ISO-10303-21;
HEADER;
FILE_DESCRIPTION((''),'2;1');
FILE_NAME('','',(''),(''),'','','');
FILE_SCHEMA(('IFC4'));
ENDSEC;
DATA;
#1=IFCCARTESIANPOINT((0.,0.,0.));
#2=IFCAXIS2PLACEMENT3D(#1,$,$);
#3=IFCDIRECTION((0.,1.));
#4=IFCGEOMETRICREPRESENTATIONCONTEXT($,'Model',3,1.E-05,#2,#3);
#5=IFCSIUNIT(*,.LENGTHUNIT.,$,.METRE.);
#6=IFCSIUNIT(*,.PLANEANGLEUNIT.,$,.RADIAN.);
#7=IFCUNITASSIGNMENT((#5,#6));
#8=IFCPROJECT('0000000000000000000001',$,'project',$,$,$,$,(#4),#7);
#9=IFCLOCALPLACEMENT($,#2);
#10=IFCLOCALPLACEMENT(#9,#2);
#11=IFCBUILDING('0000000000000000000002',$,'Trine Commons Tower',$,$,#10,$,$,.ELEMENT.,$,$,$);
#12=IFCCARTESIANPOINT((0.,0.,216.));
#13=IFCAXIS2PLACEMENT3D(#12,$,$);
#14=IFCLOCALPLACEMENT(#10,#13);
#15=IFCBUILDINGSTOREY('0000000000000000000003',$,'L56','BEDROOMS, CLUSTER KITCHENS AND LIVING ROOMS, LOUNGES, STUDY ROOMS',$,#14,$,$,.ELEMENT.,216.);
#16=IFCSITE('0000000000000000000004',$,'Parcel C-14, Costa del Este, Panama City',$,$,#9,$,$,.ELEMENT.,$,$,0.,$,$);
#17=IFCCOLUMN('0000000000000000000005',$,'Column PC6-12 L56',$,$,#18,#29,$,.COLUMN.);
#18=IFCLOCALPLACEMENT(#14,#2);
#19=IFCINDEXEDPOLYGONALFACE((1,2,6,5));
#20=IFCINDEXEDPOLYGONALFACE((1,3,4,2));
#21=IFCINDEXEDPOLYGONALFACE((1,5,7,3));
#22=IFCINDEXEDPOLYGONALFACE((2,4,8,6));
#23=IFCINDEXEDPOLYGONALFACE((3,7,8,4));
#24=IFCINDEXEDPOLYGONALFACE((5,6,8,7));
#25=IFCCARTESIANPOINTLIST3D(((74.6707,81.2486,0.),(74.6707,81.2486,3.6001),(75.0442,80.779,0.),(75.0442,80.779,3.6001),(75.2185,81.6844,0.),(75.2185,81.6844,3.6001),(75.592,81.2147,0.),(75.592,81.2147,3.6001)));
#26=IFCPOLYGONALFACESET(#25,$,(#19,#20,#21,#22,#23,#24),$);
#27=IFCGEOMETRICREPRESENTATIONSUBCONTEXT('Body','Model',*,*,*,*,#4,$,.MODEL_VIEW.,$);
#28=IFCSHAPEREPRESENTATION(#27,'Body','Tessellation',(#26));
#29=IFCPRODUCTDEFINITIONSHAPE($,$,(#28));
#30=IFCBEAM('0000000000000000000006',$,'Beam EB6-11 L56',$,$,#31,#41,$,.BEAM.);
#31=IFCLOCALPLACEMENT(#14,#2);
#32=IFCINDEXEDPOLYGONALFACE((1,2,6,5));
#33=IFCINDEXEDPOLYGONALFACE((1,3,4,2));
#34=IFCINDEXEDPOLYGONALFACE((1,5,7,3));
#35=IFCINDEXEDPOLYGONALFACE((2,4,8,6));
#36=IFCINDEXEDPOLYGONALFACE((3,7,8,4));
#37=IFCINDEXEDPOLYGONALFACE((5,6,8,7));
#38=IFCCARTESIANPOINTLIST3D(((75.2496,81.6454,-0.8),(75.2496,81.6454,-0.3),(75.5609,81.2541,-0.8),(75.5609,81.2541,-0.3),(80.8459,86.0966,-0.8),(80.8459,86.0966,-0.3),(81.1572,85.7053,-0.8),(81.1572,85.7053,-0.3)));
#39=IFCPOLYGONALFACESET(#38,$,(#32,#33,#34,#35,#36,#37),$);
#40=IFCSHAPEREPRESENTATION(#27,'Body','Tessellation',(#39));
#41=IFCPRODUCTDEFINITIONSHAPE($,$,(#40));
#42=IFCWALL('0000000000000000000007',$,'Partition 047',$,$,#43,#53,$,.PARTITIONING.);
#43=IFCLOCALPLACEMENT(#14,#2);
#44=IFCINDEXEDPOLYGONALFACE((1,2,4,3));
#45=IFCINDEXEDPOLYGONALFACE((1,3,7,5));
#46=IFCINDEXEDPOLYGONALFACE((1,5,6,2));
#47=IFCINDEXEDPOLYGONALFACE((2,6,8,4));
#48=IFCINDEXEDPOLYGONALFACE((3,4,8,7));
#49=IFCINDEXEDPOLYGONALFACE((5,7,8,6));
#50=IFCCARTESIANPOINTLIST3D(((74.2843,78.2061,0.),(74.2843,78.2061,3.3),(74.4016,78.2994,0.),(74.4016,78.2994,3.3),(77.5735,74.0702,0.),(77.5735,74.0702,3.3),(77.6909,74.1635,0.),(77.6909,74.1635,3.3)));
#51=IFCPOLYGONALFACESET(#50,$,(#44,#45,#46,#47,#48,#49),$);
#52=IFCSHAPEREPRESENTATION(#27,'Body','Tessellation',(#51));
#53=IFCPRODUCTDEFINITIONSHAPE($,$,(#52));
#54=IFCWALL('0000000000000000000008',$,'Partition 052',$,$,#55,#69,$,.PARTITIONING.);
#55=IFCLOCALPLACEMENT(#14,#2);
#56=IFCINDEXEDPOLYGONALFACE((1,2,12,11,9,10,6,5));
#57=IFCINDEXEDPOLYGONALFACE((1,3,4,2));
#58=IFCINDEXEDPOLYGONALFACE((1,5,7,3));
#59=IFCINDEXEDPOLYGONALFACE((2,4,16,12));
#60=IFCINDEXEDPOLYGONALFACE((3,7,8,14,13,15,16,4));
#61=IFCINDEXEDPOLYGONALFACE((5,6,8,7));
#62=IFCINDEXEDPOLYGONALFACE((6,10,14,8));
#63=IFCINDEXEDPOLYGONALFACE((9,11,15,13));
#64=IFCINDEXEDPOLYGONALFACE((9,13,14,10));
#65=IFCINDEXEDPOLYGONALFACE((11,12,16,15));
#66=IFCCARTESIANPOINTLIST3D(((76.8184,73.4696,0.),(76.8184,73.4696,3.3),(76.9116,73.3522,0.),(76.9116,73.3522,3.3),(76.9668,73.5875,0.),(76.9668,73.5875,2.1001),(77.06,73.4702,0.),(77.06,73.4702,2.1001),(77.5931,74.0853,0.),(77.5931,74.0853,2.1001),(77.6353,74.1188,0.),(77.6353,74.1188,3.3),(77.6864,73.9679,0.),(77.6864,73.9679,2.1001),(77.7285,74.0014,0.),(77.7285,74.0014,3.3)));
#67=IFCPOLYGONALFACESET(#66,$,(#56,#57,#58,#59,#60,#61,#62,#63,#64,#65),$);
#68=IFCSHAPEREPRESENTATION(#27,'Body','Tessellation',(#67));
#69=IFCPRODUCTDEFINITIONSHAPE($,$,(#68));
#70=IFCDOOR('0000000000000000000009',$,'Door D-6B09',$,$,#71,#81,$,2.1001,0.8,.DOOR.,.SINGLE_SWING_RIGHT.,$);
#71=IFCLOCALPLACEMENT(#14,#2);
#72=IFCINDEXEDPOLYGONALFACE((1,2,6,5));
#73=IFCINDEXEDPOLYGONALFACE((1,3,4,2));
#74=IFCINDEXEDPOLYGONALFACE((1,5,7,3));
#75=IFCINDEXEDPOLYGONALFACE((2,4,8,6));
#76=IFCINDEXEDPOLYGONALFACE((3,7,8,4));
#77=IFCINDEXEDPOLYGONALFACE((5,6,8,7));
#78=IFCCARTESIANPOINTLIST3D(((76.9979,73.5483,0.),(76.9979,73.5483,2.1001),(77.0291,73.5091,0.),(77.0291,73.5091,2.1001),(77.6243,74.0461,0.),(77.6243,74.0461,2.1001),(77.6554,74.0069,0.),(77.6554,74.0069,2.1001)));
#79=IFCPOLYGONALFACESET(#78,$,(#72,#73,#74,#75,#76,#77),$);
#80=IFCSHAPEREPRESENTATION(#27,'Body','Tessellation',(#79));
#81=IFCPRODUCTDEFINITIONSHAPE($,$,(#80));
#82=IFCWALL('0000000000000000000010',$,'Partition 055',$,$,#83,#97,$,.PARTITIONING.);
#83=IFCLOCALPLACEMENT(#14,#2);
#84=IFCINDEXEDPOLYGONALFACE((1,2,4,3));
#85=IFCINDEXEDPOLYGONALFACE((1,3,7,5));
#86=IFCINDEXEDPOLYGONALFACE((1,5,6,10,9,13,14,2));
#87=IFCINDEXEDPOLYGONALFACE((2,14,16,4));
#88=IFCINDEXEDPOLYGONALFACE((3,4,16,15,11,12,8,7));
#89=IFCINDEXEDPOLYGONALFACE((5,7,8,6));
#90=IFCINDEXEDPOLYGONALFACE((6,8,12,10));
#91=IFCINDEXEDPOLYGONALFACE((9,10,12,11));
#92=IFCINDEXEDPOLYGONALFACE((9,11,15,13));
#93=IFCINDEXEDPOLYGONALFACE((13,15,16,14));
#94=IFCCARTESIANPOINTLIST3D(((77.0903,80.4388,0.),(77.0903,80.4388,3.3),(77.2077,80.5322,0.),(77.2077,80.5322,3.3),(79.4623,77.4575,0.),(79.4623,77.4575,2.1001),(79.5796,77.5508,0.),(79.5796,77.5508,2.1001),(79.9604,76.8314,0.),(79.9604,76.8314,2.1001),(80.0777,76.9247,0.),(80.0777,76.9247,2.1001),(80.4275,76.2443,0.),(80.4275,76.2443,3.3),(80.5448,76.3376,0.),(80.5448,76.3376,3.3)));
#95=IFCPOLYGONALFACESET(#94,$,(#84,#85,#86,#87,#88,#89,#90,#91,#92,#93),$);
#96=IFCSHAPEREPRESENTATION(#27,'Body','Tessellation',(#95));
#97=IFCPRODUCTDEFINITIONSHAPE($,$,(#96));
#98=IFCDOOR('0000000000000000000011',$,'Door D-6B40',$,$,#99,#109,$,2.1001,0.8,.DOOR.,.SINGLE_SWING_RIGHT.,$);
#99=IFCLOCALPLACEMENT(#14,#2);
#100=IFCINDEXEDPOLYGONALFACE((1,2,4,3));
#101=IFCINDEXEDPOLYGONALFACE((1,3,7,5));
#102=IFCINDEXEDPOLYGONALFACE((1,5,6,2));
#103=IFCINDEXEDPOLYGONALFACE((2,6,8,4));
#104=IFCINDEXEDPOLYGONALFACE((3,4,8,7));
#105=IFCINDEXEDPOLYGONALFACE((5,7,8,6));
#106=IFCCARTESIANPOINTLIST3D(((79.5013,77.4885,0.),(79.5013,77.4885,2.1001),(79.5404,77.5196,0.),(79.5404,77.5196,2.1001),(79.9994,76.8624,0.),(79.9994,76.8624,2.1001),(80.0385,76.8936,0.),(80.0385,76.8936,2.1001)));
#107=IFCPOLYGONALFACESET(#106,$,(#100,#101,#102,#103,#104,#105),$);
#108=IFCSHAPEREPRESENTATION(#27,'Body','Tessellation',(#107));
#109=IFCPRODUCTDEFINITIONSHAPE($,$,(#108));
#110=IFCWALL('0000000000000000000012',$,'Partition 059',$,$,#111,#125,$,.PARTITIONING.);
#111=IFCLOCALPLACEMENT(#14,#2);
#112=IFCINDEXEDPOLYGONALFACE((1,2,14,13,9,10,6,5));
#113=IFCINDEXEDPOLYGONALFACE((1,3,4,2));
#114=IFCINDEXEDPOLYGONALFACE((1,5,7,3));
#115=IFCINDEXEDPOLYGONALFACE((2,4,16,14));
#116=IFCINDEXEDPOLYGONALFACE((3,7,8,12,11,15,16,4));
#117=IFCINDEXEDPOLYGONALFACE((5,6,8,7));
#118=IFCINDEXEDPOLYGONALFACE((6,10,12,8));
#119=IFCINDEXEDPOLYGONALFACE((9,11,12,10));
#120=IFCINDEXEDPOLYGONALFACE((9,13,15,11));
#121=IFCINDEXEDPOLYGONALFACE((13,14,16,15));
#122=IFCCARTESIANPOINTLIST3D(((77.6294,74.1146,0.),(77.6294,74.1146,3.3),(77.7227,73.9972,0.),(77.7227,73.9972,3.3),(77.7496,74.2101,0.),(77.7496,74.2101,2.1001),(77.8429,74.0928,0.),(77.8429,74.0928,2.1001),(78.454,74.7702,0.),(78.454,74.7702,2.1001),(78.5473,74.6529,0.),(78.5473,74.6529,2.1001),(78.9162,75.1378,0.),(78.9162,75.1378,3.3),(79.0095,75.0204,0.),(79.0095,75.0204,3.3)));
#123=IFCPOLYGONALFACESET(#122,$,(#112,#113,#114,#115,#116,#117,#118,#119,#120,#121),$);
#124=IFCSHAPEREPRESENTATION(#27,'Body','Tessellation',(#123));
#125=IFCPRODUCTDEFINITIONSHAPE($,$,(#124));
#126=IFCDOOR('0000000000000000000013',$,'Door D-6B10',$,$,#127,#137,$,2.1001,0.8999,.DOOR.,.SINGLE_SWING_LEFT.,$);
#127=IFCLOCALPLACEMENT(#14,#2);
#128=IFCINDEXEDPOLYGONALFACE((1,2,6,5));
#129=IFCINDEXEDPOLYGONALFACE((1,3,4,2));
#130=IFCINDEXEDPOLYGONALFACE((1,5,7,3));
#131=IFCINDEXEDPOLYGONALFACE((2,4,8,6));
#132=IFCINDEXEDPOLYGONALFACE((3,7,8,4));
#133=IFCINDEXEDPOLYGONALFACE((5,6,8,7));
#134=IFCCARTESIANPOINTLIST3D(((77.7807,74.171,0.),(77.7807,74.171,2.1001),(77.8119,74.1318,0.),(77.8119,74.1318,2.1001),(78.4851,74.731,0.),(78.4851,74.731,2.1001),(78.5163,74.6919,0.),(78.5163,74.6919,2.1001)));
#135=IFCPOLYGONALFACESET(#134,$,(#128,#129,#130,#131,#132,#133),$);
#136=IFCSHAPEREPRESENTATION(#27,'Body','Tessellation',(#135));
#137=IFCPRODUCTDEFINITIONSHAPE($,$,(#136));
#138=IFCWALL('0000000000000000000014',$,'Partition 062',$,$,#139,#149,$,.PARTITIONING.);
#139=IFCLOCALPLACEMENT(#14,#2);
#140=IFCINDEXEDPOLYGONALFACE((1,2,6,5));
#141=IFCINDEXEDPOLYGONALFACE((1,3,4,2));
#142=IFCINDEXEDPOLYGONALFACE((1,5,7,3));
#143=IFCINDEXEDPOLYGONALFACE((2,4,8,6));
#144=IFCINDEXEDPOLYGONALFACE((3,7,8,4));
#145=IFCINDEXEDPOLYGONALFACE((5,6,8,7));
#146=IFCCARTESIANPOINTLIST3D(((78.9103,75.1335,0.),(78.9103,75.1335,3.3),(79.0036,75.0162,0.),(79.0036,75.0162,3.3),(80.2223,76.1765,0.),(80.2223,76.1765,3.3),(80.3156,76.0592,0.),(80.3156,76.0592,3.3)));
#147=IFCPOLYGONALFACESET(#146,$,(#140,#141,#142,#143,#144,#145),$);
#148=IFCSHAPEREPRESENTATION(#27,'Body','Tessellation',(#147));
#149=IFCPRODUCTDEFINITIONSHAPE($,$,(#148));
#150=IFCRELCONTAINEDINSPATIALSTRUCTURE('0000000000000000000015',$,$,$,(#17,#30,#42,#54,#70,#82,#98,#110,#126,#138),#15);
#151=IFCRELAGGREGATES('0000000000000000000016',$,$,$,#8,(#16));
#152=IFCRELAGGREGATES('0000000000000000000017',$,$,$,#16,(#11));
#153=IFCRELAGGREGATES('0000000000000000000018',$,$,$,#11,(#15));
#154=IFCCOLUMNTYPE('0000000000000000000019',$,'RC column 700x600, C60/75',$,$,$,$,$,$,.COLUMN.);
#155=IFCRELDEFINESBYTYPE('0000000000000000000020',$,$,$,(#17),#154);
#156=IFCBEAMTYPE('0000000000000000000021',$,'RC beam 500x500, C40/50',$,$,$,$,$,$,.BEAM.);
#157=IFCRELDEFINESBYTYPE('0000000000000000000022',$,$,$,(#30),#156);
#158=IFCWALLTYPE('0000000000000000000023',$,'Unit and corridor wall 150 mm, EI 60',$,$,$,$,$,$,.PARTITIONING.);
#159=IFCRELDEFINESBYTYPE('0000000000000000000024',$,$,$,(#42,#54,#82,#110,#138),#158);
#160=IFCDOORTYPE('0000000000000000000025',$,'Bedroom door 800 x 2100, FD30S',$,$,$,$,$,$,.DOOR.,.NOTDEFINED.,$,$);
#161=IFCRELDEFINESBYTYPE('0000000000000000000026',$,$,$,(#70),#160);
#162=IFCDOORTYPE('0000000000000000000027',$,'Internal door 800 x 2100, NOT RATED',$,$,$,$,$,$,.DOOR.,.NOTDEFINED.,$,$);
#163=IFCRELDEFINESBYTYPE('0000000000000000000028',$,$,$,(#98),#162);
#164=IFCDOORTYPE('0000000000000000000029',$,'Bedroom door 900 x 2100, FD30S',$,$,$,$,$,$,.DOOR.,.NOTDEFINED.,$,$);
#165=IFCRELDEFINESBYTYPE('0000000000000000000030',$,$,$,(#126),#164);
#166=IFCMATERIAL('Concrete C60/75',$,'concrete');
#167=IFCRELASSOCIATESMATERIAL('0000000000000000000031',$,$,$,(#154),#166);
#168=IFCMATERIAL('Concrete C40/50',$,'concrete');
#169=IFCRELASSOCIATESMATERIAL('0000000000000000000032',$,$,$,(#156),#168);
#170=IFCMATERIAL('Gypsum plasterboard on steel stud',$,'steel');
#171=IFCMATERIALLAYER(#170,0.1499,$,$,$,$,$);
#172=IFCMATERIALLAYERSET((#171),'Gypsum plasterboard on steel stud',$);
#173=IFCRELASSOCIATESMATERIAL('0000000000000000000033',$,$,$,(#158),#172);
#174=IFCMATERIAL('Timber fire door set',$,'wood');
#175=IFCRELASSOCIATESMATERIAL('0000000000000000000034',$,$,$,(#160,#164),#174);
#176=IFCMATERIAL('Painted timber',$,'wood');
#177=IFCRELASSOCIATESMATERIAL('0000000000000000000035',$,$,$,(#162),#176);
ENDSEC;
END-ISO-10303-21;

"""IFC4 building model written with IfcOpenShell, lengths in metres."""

from ifc_helpers import new_model, si_unit, direction, frame, frame_2d, origin, origin_2d, place, context, subcontext, project, spatial, rectangle, extrude, material, layer, layer_set, material_profile, profile_set, type_object, element, fill, save


model = new_model("IFC4")

# Units and contexts
model_context = context("Model", 3, precision=1e-05, world=origin(), true_north=direction((0.0, 1.0)))
body_context = subcontext(model_context, "Body", "Model", "MODEL_VIEW")
ifc_project = project(units=[si_unit("LENGTHUNIT", "METRE"), si_unit("PLANEANGLEUNIT", "RADIAN")], contexts=[model_context])

# Site, building, storey
site_placement = place(None, origin())
site = spatial("IfcSite", under=ifc_project, at=site_placement, Name="Parcel C-14, Costa del Este, Panama City", CompositionType="ELEMENT", RefElevation=0.0)
building_placement = place(site_placement, origin())
building = spatial("IfcBuilding", under=site, at=building_placement, Name="Trine Commons Tower", CompositionType="ELEMENT")
storey_placement = place(building_placement, frame((0.0, 0.0, 216.0)))
storey = spatial("IfcBuildingStorey", under=building, at=storey_placement, Name="L56", Description="BEDROOMS, CLUSTER KITCHENS AND LIVING ROOMS, LOUNGES, STUDY ROOMS", CompositionType="ELEMENT", Elevation=216.0)

# Column
ifc_material_1 = material(Name="Concrete C60/75", Category="concrete")
ifc_material_profile_1 = material_profile(ifc_material_1, rectangle(XDim=0.7, YDim=0.6001, at=origin_2d()), Name="RC 700x600")
ifc_profile_set_1 = profile_set([ifc_material_profile_1], Name="Concrete C60/75")
column_type = type_object("IfcColumnType", Name="RC column 700x600, C60/75", PredefinedType="COLUMN", material=ifc_profile_set_1)
column_placement = place(storey_placement, frame((75.1313, 81.2317, 0.0), z_axis=(0.0, 0.0, 1.0), x_axis=(0.782608, 0.622515, 0.0)))
element("IfcColumn", 1, at=column_placement, inside=storey, type_object=column_type, Name="Column PC6-12 L56", PredefinedType="COLUMN", context=body_context, shape_type="SweptSolid", body=[
    extrude(rectangle(XDim=0.7, YDim=0.6001, at=origin_2d()), origin(), (0.0, 0.0, 1.0), 3.6001),
])

# Beam
ifc_material_2 = material(Name="Concrete C40/50", Category="concrete")
ifc_material_profile_2 = material_profile(ifc_material_2, rectangle(XDim=0.5, YDim=0.5, at=origin_2d()), Name="RC 500x500")
ifc_profile_set_2 = profile_set([ifc_material_profile_2], Name="Concrete C40/50")
beam_type = type_object("IfcBeamType", Name="RC beam 500x500, C40/50", PredefinedType="BEAM", material=ifc_profile_set_2)
beam_placement = place(storey_placement, frame((75.4053, 81.4497, -0.55), z_axis=(0.782624, 0.622494, 0.0), x_axis=(-0.622494, 0.782624, 0.0)))
element("IfcBeam", 2, at=beam_placement, inside=storey, type_object=beam_type, Name="Beam EB6-11 L56", PredefinedType="BEAM", context=body_context, shape_type="SweptSolid", body=[
    extrude(rectangle(XDim=0.5, YDim=0.5, at=origin_2d()), origin(), (0.0, 0.0, 1.0), 7.1506),
])

# Wall
ifc_material_3 = material(Name="Gypsum plasterboard on steel stud", Category="steel")
ifc_layer_1 = layer(ifc_material_3, 0.1499)
ifc_layer_set_1 = layer_set([ifc_layer_1], Name="Gypsum plasterboard on steel stud")
wall_type_1 = type_object("IfcWallType", Name="Unit and corridor wall 150 mm, EI 60", PredefinedType="PARTITIONING", material=ifc_layer_set_1)
wall_1_placement = place(storey_placement, frame((74.343, 78.2527, 0.0), z_axis=(0.0, 0.0, 1.0), x_axis=(0.622444, -0.782664, 0.0)))
element("IfcWall", 3, at=wall_1_placement, inside=storey, type_object=wall_type_1, Name="Partition 047", PredefinedType="PARTITIONING", context=body_context, shape_type="SweptSolid", body=[
    extrude(rectangle(XDim=5.2844, YDim=0.1499, at=frame_2d((2.6421, 0.0))), origin(), (0.0, 0.0, 1.0), 3.3),
])

# Walls, openings, doors
wall_2_placement = place(storey_placement, frame((76.865, 73.4109, 0.0), z_axis=(0.0, 0.0, 1.0), x_axis=(0.782896, 0.622152, 0.0)))
wall_2 = element("IfcWall", 4, at=wall_2_placement, inside=storey, type_object=wall_type_1, Name="Partition 052", PredefinedType="PARTITIONING", context=body_context, shape_type="SweptSolid", body=[
    extrude(rectangle(XDim=1.0435, YDim=0.1499, at=frame_2d((0.5217, 0.0))), origin(), (0.0, 0.0, 1.0), 3.3),
])
opening_1_placement = place(wall_2_placement, frame((0.1897, 0.0, 0.0)))
opening_1 = element("IfcOpeningElement", 5, at=opening_1_placement, cuts=wall_2, PredefinedType="OPENING", context=body_context, shape_type="SweptSolid", body=[
    extrude(rectangle(XDim=0.8, YDim=2.1001, at=frame_2d((0.3999, 1.05))), frame((0.0, 0.085, 0.0), z_axis=(0.0, -1.0, 0.0), x_axis=(1.0, 0.0, 0.0)), (0.0, 0.0, 1.0), 0.1699),
])
ifc_material_4 = material(Name="Timber fire door set", Category="wood")
door_type_1 = type_object("IfcDoorType", Name="Bedroom door 800 x 2100, FD30S", OperationType="NOTDEFINED", PredefinedType="DOOR", material=ifc_material_4)
door_1_placement = place(opening_1_placement, origin())
door_1 = element("IfcDoor", 6, at=door_1_placement, inside=storey, type_object=door_type_1, Name="Door D-6B09", OperationType="SINGLE_SWING_RIGHT", OverallHeight=2.1001, OverallWidth=0.8, PredefinedType="DOOR", context=body_context, shape_type="SweptSolid", body=[
    extrude(rectangle(XDim=0.8, YDim=2.1001, at=frame_2d((0.3999, 1.05))), frame((0.0, 0.0249, 0.0), z_axis=(0.0, -1.0, 0.0), x_axis=(1.0, 0.0, 0.0)), (0.0, 0.0, 1.0), 0.05),
])
fill(opening_1, door_1)
wall_3_placement = place(storey_placement, frame((77.1489, 80.4856, 0.0), z_axis=(0.0, 0.0, 1.0), x_axis=(0.622588, -0.78255, 0.0)))
wall_3 = element("IfcWall", 7, at=wall_3_placement, inside=storey, type_object=wall_type_1, Name="Partition 055", PredefinedType="PARTITIONING", context=body_context, shape_type="SweptSolid", body=[
    extrude(rectangle(XDim=5.3601, YDim=0.1499, at=frame_2d((2.6802, 0.0))), origin(), (0.0, 0.0, 1.0), 3.3),
])
opening_2_placement = place(wall_3_placement, frame((3.8101, 0.0, 0.0)))
opening_2 = element("IfcOpeningElement", 8, at=opening_2_placement, cuts=wall_3, PredefinedType="OPENING", context=body_context, shape_type="SweptSolid", body=[
    extrude(rectangle(XDim=0.8, YDim=2.1001, at=frame_2d((0.3999, 1.05))), frame((0.0, 0.085, 0.0), z_axis=(0.0, -1.0, 0.0), x_axis=(1.0, 0.0, 0.0)), (0.0, 0.0, 1.0), 0.1699),
])
ifc_material_5 = material(Name="Painted timber", Category="wood")
door_type_2 = type_object("IfcDoorType", Name="Internal door 800 x 2100, NOT RATED", OperationType="NOTDEFINED", PredefinedType="DOOR", material=ifc_material_5)
door_2_placement = place(opening_2_placement, origin())
door_2 = element("IfcDoor", 9, at=door_2_placement, inside=storey, type_object=door_type_2, Name="Door D-6B40", OperationType="SINGLE_SWING_RIGHT", OverallHeight=2.1001, OverallWidth=0.8, PredefinedType="DOOR", context=body_context, shape_type="SweptSolid", body=[
    extrude(rectangle(XDim=0.8, YDim=2.1001, at=frame_2d((0.3999, 1.05))), frame((0.0, 0.0249, 0.0), z_axis=(0.0, -1.0, 0.0), x_axis=(1.0, 0.0, 0.0)), (0.0, 0.0, 1.0), 0.05),
])
fill(opening_2, door_2)
wall_4_placement = place(storey_placement, frame((77.676, 74.0559, 0.0), z_axis=(0.0, 0.0, 1.0), x_axis=(0.782734, 0.622356, 0.0)))
wall_4 = element("IfcWall", 10, at=wall_4_placement, inside=storey, type_object=wall_type_1, Name="Partition 059", PredefinedType="PARTITIONING", context=body_context, shape_type="SweptSolid", body=[
    extrude(rectangle(XDim=1.644, YDim=0.1499, at=frame_2d((0.822, 0.0))), origin(), (0.0, 0.0, 1.0), 3.3),
])
opening_3_placement = place(wall_4_placement, frame((0.1536, 0.0, 0.0)))
opening_3 = element("IfcOpeningElement", 11, at=opening_3_placement, cuts=wall_4, PredefinedType="OPENING", context=body_context, shape_type="SweptSolid", body=[
    extrude(rectangle(XDim=0.8999, YDim=2.1001, at=frame_2d((0.45, 1.05))), frame((0.0, 0.085, 0.0), z_axis=(0.0, -1.0, 0.0), x_axis=(1.0, 0.0, 0.0)), (0.0, 0.0, 1.0), 0.1699),
])
door_type_3 = type_object("IfcDoorType", Name="Bedroom door 900 x 2100, FD30S", OperationType="NOTDEFINED", PredefinedType="DOOR", material=ifc_material_4)
door_3_placement = place(opening_3_placement, origin())
door_3 = element("IfcDoor", 12, at=door_3_placement, inside=storey, type_object=door_type_3, Name="Door D-6B10", OperationType="SINGLE_SWING_LEFT", OverallHeight=2.1001, OverallWidth=0.8999, PredefinedType="DOOR", context=body_context, shape_type="SweptSolid", body=[
    extrude(rectangle(XDim=0.8999, YDim=2.1001, at=frame_2d((0.45, 1.05))), frame((0.0, 0.0249, 0.0), z_axis=(0.0, -1.0, 0.0), x_axis=(1.0, 0.0, 0.0)), (0.0, 0.0, 1.0), 0.05),
])
fill(opening_3, door_3)

# Wall
wall_5_placement = place(storey_placement, frame((78.957, 75.075, 0.0), z_axis=(0.0, 0.0, 1.0), x_axis=(0.782798, 0.622276, 0.0)))
element("IfcWall", 13, at=wall_5_placement, inside=storey, type_object=wall_type_1, Name="Partition 062", PredefinedType="PARTITIONING", context=body_context, shape_type="SweptSolid", body=[
    extrude(rectangle(XDim=1.676, YDim=0.1499, at=frame_2d((0.8379, 0.0))), origin(), (0.0, 0.0, 1.0), 3.3),
])

save(model, "model.ifc")
